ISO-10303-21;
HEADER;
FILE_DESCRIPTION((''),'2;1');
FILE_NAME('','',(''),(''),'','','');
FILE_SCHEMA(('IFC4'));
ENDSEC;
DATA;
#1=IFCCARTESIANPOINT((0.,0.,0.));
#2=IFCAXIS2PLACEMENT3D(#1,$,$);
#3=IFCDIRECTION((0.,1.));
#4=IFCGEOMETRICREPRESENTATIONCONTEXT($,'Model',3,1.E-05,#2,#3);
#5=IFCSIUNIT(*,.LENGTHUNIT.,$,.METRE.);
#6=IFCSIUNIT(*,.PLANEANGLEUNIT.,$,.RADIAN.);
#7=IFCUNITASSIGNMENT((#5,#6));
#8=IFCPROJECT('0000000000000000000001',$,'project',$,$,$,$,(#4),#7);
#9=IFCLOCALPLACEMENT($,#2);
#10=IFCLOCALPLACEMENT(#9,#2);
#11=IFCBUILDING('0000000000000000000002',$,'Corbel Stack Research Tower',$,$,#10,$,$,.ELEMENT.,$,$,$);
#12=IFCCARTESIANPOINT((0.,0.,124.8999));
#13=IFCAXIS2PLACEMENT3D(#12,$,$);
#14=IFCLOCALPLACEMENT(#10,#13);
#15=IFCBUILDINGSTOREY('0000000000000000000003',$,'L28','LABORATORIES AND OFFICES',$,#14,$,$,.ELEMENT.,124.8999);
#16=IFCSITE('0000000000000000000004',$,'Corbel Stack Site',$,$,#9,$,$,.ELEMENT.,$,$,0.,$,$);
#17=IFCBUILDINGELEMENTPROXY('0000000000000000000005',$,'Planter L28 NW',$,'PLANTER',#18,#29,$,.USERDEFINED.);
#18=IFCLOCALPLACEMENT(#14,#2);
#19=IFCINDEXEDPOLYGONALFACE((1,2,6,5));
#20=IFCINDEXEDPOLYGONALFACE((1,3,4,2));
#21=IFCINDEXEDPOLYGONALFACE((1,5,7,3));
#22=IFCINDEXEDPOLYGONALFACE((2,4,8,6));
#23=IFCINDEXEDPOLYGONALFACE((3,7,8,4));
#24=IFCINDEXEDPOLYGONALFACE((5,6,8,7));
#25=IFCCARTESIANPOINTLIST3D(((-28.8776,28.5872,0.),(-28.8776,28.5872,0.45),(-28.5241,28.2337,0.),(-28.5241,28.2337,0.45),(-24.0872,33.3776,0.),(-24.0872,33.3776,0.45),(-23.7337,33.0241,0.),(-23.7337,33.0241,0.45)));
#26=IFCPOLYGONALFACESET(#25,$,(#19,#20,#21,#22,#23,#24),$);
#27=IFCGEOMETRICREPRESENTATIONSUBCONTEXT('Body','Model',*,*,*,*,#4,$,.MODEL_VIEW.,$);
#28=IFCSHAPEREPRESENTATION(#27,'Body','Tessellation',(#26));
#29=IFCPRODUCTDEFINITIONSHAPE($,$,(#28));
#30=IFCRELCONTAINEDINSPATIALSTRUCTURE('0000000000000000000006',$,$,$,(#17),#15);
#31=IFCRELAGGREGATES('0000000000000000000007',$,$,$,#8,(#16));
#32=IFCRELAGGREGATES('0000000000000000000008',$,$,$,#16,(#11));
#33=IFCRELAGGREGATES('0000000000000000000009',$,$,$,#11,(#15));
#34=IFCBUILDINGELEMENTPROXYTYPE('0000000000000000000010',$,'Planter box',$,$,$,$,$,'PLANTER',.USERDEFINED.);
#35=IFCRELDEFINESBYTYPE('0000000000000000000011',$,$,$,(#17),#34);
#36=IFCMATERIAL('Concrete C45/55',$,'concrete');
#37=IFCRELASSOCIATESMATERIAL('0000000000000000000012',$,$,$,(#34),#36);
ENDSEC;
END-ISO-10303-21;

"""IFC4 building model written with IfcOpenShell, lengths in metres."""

from ifc_helpers import new_model, si_unit, direction, frame, origin, origin_2d, place, context, subcontext, project, spatial, rectangle, extrude, material, type_object, element, save


model = new_model("IFC4")

# Units and contexts
model_context = context("Model", 3, precision=1e-05, world=origin(), true_north=direction((0.0, 1.0)))
body_context = subcontext(model_context, "Body", "Model", "MODEL_VIEW")
ifc_project = project(units=[si_unit("LENGTHUNIT", "METRE"), si_unit("PLANEANGLEUNIT", "RADIAN")], contexts=[model_context])

# Site, building, storey
site_placement = place(None, origin())
site = spatial("IfcSite", under=ifc_project, at=site_placement, Name="Corbel Stack Site", CompositionType="ELEMENT", RefElevation=0.0)
building_placement = place(site_placement, origin())
building = spatial("IfcBuilding", under=site, at=building_placement, Name="Corbel Stack Research Tower", CompositionType="ELEMENT")
storey_placement = place(building_placement, frame((0.0, 0.0, 124.8999)))
storey = spatial("IfcBuildingStorey", under=building, at=storey_placement, Name="L28", Description="LABORATORIES AND OFFICES", CompositionType="ELEMENT", Elevation=124.8999)

# Building element proxy
ifc_material_1 = material(Name="Concrete C45/55", Category="concrete")
building_element_proxy_type = type_object("IfcBuildingElementProxyType", Name="Planter box", ElementType="PLANTER", PredefinedType="USERDEFINED", material=ifc_material_1)
proxy_placement = place(storey_placement, frame((-26.3057, 30.8057, 0.0), z_axis=(0.0, 0.0, 1.0), x_axis=(-0.707107, -0.707107, 0.0)))
element("IfcBuildingElementProxy", 1, at=proxy_placement, inside=storey, type_object=building_element_proxy_type, Name="Planter L28 NW", ObjectType="PLANTER", PredefinedType="USERDEFINED", context=body_context, shape_type="SweptSolid", body=[
    extrude(rectangle(XDim=6.7747, YDim=0.5, at=origin_2d()), origin(), (0.0, 0.0, 1.0), 0.45),
])

save(model, "model.ifc")
